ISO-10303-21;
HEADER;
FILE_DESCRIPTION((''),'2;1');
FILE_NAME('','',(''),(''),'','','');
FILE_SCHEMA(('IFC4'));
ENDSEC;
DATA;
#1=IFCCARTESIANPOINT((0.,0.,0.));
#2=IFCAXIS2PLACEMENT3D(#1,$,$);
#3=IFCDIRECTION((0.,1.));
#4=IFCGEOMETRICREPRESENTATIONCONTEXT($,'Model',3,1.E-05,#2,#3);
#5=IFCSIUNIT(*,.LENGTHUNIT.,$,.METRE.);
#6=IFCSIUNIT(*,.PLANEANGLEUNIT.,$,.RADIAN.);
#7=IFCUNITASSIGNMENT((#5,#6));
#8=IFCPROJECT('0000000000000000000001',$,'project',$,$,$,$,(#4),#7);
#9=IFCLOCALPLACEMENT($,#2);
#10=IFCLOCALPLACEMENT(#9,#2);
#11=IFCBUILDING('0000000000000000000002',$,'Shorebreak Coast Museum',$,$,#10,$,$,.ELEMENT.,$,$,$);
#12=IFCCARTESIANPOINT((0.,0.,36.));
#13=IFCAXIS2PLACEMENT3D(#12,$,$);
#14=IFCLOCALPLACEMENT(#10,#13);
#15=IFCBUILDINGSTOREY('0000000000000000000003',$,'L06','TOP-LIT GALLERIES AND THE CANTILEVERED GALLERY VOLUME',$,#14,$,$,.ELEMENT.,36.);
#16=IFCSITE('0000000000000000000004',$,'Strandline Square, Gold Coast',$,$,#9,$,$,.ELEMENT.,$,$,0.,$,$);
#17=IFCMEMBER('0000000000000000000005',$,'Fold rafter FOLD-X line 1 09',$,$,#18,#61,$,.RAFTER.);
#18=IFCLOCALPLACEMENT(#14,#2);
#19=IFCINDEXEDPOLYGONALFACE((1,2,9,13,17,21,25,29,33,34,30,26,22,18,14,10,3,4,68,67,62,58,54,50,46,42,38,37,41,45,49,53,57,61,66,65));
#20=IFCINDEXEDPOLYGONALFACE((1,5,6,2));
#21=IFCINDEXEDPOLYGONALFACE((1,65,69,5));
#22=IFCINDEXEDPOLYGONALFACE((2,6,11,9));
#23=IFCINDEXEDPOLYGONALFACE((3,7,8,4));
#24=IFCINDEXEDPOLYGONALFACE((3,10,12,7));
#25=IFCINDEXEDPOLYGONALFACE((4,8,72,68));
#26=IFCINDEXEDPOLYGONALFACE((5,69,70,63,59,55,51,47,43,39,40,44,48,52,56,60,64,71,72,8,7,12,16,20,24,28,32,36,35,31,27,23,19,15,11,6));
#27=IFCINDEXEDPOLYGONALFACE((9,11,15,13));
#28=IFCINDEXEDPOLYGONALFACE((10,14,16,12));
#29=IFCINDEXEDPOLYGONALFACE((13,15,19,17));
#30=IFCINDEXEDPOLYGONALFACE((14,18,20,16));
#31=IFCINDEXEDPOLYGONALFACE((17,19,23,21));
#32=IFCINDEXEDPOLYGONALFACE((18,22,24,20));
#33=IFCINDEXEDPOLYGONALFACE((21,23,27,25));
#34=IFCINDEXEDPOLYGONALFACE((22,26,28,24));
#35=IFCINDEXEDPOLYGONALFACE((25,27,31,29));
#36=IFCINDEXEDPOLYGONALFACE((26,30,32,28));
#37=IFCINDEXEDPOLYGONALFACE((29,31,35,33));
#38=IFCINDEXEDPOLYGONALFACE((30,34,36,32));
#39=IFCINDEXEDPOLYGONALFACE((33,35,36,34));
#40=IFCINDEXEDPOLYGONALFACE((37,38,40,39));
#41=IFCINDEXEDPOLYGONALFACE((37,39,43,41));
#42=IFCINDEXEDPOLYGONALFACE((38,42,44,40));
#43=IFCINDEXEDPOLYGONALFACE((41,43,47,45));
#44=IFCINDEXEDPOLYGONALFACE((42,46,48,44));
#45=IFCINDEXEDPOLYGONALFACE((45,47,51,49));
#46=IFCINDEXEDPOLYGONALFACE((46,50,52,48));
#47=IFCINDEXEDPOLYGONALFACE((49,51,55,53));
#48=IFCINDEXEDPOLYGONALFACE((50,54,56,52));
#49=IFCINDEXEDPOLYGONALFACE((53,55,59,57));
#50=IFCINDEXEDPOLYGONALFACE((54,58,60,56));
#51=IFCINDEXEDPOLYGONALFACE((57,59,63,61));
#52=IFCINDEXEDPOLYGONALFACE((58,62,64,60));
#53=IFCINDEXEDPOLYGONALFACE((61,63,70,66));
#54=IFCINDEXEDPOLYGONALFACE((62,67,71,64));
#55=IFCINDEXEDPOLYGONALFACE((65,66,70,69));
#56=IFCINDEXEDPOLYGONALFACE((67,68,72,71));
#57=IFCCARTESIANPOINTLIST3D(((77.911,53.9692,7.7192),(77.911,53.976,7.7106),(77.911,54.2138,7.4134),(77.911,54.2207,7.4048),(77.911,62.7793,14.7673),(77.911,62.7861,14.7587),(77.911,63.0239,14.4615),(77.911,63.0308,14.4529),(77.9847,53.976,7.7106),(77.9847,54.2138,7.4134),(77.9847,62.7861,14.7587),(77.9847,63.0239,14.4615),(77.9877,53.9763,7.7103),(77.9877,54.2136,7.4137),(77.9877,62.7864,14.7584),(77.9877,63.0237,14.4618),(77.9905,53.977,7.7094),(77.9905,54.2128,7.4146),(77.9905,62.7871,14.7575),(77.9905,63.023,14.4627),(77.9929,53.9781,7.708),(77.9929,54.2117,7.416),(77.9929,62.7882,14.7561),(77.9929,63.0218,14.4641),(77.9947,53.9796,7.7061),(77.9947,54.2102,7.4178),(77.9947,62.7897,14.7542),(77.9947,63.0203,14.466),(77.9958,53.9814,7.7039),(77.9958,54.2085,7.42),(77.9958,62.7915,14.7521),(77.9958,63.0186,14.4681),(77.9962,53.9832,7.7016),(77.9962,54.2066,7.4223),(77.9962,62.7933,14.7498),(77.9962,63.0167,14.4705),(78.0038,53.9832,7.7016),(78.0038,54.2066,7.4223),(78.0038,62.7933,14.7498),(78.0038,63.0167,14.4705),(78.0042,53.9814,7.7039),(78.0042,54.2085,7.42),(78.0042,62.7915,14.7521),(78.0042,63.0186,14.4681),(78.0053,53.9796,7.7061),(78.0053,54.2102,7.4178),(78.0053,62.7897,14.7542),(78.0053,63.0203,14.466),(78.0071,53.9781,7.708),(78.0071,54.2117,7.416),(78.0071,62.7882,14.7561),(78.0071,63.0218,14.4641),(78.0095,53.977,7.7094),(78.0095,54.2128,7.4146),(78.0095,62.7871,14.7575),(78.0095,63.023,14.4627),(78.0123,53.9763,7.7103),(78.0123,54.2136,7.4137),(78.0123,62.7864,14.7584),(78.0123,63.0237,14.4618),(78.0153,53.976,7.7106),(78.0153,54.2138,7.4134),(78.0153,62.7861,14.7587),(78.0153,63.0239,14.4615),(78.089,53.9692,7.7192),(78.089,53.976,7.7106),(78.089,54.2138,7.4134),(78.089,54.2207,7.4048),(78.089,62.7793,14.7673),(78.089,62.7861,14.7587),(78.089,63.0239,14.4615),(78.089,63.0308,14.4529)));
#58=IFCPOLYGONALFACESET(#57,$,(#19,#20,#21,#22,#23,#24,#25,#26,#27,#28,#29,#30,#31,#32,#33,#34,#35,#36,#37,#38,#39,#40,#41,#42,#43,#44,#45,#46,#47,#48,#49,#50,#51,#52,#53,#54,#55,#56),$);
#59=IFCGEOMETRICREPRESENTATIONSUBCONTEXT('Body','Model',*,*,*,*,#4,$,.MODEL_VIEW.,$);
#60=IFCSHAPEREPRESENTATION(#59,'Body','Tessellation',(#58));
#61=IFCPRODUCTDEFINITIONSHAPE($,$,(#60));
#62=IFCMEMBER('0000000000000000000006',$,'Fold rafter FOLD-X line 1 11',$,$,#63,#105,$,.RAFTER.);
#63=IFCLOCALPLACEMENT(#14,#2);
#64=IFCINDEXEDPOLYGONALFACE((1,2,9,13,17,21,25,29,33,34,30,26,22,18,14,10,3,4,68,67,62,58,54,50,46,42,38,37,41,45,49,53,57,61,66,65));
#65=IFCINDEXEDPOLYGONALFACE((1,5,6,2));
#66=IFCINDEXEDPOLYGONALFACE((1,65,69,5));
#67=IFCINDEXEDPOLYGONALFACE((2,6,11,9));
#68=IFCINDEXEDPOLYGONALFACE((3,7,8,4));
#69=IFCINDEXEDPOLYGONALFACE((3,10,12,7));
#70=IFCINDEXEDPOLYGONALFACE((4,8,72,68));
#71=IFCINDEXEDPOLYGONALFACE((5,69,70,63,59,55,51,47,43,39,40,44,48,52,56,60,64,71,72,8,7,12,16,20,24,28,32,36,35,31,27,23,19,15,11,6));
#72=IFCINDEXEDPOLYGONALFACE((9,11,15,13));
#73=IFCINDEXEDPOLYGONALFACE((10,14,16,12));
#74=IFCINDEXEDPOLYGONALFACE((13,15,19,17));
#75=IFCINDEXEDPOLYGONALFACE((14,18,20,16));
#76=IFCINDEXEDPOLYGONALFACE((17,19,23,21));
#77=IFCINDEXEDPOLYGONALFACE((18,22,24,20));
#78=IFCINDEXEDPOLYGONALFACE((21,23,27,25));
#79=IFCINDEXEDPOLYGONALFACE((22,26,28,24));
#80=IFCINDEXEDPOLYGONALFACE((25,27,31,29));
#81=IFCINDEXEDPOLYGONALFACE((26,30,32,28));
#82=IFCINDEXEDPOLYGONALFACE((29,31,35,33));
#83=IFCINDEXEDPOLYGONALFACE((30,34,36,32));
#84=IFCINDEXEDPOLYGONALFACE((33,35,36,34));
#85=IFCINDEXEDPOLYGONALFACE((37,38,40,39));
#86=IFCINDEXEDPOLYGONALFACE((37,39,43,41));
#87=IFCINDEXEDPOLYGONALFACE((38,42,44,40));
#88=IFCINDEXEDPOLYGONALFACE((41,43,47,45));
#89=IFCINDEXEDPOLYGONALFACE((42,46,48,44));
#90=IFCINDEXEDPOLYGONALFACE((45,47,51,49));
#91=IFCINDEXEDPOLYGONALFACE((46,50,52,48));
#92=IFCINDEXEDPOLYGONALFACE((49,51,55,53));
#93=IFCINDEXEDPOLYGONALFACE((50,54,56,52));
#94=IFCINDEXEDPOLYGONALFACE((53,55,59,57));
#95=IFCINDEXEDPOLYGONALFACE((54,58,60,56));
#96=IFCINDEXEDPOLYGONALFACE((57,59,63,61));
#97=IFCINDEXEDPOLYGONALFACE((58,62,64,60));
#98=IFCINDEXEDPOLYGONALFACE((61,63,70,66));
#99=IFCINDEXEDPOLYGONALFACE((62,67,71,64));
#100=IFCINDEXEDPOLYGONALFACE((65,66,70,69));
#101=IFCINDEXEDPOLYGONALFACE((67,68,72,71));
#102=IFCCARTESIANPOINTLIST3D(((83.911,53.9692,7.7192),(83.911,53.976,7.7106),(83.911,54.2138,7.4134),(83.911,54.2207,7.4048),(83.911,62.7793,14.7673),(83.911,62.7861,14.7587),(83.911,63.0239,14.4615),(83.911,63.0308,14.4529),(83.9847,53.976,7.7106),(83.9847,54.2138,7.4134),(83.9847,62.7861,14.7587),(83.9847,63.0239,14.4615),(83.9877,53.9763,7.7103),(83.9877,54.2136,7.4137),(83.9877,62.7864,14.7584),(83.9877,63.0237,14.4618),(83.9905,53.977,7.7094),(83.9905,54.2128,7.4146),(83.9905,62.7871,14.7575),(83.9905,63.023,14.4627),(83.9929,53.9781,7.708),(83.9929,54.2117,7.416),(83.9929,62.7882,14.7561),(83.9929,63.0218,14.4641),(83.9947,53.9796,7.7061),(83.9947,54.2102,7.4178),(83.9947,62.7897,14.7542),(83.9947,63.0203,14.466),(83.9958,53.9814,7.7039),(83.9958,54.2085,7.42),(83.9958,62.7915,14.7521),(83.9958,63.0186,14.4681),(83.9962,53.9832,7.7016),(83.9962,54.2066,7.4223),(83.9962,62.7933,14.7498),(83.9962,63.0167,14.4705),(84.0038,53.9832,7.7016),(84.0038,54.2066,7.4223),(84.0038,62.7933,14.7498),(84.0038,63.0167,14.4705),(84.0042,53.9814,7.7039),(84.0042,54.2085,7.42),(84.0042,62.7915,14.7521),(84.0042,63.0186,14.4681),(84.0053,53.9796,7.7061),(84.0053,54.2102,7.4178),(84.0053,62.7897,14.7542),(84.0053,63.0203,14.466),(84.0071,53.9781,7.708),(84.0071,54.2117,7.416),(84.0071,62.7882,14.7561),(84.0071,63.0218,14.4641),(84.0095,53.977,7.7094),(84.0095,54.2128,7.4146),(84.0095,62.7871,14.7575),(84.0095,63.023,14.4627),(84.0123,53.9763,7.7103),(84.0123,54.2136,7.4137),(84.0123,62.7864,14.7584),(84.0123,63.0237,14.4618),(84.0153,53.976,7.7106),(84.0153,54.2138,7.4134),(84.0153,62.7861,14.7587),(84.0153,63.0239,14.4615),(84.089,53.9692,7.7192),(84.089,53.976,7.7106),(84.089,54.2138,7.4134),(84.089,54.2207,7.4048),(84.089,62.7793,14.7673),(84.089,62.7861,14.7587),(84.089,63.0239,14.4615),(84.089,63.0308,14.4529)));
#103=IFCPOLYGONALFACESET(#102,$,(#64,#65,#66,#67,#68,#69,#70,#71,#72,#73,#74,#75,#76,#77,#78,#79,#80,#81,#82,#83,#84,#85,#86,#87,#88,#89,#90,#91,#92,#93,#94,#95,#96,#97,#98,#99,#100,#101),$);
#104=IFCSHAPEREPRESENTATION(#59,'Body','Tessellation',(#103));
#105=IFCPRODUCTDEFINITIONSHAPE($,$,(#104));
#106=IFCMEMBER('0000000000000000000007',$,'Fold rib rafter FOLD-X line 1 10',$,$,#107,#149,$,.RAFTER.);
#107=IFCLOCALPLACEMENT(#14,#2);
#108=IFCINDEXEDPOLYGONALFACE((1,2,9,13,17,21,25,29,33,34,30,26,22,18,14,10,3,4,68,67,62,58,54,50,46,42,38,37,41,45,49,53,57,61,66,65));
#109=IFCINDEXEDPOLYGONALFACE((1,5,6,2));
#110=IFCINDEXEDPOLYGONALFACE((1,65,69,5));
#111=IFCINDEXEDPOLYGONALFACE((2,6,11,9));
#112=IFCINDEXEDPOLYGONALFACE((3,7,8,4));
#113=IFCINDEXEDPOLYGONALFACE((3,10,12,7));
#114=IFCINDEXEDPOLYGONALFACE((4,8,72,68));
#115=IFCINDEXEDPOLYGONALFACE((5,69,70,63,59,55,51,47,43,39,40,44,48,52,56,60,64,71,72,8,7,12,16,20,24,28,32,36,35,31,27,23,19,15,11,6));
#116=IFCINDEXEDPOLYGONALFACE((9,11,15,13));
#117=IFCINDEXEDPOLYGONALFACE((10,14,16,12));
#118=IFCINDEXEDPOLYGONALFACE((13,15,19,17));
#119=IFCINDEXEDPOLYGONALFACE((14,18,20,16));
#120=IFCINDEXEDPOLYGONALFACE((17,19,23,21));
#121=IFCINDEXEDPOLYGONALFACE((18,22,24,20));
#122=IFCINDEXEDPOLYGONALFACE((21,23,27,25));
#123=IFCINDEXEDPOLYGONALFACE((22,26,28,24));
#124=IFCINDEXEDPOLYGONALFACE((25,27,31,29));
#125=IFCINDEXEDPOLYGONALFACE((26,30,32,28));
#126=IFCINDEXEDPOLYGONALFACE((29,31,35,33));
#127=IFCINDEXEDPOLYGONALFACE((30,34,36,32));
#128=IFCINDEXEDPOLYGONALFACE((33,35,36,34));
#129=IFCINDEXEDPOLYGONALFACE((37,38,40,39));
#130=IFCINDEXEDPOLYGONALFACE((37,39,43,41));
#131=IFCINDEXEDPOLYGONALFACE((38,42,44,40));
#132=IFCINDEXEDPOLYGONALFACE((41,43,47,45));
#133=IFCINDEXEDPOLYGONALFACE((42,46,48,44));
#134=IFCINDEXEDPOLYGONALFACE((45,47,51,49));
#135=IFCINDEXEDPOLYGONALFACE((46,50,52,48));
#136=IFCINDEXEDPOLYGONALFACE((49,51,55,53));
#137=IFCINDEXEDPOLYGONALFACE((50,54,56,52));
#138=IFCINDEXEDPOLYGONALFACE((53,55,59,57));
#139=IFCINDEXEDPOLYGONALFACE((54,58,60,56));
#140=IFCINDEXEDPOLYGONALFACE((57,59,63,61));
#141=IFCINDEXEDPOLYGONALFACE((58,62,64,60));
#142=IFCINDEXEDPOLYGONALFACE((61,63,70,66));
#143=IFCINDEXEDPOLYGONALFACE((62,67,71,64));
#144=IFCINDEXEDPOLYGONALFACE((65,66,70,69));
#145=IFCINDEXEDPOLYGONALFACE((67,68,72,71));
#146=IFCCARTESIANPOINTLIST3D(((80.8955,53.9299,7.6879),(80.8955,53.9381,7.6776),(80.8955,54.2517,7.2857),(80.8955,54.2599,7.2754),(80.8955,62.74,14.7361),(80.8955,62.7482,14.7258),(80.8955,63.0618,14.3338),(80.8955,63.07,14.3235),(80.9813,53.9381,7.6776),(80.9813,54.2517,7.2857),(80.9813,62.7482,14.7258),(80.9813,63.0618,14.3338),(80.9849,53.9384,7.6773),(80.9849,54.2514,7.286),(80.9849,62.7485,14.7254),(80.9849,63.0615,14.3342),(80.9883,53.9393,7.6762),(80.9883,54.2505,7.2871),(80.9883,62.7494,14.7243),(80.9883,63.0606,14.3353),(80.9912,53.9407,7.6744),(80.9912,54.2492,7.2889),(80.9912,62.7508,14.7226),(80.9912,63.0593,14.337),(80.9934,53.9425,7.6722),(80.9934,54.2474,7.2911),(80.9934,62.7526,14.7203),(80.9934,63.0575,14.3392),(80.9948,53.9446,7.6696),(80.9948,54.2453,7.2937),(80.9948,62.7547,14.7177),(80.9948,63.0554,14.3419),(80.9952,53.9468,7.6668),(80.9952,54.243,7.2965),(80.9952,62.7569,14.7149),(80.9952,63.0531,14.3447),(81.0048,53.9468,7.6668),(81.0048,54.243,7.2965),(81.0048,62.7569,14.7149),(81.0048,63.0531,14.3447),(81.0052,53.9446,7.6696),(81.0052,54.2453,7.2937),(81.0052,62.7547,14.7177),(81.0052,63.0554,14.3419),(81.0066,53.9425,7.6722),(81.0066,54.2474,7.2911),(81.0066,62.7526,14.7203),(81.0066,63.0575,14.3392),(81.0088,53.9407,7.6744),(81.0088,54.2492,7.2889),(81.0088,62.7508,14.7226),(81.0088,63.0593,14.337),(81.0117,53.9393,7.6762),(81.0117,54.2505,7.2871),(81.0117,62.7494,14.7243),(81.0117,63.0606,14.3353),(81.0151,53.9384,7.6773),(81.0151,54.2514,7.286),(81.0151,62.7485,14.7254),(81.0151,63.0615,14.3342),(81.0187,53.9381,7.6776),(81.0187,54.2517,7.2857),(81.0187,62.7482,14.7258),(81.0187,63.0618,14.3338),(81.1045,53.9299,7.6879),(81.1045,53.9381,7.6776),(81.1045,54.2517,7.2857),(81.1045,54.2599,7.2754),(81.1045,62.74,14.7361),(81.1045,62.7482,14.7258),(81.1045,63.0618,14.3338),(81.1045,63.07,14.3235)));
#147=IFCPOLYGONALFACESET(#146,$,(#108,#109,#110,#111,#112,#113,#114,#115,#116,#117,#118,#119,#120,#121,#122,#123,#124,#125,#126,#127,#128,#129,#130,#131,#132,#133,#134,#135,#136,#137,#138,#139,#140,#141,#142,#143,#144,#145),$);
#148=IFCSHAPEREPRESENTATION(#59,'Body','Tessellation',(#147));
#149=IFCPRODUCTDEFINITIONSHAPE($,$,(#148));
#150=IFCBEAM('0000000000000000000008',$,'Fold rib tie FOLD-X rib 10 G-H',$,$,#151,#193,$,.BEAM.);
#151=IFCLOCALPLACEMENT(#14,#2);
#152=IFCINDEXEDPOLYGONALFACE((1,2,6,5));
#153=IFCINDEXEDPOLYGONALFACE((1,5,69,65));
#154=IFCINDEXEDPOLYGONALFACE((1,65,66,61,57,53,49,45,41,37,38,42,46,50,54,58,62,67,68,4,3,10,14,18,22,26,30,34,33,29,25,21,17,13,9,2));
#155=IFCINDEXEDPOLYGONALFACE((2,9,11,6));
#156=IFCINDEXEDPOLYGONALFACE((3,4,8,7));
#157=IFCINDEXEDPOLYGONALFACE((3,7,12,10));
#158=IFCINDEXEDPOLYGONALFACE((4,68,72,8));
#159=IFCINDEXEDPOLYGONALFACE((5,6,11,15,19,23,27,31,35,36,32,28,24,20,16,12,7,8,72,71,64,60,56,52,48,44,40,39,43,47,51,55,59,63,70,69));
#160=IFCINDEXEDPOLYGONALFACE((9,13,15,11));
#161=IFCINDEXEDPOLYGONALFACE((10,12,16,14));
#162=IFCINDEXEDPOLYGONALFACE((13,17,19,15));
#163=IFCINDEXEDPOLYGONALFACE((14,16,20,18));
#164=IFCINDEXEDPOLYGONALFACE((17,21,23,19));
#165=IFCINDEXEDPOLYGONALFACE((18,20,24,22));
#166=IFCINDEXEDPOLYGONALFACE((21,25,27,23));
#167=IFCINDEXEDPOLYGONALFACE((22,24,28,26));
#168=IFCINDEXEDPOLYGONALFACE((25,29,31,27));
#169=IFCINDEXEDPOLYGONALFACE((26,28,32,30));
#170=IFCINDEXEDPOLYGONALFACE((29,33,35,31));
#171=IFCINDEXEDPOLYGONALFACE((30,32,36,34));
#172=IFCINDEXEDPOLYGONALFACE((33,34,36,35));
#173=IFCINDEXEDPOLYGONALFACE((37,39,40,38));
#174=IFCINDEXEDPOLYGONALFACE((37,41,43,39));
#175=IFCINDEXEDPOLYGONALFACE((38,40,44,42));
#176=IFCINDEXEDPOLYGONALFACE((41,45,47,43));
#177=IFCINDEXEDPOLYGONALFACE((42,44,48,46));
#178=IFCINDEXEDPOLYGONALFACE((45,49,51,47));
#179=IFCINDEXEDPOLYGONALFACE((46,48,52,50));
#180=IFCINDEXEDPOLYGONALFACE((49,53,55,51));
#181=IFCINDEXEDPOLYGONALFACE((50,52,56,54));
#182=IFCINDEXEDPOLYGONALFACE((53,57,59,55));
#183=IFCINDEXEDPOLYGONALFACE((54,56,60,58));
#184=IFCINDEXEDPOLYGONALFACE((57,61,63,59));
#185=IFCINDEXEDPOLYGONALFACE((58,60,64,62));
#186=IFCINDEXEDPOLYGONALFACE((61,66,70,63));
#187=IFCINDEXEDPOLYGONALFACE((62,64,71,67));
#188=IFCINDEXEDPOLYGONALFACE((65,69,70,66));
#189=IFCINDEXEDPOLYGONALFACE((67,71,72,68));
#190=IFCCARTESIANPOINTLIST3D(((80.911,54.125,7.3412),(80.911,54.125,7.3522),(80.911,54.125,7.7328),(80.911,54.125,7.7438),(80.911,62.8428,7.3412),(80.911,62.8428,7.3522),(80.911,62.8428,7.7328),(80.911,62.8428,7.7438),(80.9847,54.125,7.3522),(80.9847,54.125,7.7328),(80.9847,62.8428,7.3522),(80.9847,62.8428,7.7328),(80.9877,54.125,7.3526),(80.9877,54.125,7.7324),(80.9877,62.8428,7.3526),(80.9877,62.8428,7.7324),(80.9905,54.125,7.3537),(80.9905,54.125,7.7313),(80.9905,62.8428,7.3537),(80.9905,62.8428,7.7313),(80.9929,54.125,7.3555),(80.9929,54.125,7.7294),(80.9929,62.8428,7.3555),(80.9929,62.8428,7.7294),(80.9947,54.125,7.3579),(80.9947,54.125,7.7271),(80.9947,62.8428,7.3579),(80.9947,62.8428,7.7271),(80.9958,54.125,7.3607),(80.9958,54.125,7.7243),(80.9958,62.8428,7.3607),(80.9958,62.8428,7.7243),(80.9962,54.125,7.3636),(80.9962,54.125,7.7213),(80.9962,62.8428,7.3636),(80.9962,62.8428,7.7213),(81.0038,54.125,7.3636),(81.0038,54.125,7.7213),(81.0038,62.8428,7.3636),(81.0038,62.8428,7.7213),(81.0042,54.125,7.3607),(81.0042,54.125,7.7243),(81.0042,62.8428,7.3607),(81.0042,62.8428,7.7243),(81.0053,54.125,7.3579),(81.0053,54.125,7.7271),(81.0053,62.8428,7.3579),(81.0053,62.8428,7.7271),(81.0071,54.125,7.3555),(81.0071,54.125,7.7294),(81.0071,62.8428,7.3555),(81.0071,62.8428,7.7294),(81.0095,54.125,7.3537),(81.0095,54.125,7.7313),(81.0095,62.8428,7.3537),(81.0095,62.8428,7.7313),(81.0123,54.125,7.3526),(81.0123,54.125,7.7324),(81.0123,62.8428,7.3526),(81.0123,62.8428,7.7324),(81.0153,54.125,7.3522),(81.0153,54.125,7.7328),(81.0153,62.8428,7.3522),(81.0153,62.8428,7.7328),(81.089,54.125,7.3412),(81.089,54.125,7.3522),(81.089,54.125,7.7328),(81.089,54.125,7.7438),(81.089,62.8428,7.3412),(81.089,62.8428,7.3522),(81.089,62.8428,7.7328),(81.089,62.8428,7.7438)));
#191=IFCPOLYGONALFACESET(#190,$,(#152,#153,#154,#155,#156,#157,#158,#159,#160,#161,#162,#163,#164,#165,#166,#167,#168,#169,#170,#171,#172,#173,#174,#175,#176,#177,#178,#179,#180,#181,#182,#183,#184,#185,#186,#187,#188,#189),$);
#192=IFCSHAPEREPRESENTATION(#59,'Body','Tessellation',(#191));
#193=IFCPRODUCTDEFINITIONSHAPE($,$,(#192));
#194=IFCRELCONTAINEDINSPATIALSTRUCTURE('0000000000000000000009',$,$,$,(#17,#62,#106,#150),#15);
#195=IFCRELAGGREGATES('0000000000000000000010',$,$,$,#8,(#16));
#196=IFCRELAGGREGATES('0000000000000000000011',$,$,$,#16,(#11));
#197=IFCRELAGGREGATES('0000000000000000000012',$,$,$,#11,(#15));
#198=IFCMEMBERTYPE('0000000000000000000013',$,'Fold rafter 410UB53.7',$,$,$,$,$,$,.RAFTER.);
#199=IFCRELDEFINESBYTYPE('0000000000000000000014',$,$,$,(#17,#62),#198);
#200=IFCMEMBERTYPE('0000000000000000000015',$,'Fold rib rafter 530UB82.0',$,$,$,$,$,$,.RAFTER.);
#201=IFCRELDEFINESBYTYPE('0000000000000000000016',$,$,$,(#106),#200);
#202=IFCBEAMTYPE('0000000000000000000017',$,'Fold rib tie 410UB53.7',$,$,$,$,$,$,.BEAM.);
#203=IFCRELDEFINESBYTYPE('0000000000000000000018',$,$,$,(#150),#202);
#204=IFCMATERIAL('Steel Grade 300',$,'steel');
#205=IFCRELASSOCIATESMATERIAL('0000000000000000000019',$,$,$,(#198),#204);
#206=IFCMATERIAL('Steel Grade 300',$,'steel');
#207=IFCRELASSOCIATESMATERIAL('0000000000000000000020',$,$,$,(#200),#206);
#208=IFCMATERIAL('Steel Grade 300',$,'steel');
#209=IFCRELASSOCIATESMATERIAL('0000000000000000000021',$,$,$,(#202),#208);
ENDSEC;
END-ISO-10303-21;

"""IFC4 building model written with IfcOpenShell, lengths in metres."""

from ifc_helpers import new_model, si_unit, direction, frame, origin, origin_2d, place, context, subcontext, project, spatial, i_section, extrude, material, material_profile, profile_set, type_object, element, save


model = new_model("IFC4")

# Units and contexts
model_context = context("Model", 3, precision=1e-05, world=origin(), true_north=direction((0.0, 1.0)))
body_context = subcontext(model_context, "Body", "Model", "MODEL_VIEW")
ifc_project = project(units=[si_unit("LENGTHUNIT", "METRE"), si_unit("PLANEANGLEUNIT", "RADIAN")], contexts=[model_context])

# Site, building, storey
site_placement = place(None, origin())
site = spatial("IfcSite", under=ifc_project, at=site_placement, Name="Strandline Square, Gold Coast", CompositionType="ELEMENT", RefElevation=0.0)
building_placement = place(site_placement, origin())
building = spatial("IfcBuilding", under=site, at=building_placement, Name="Shorebreak Coast Museum", CompositionType="ELEMENT")
storey_placement = place(building_placement, frame((0.0, 0.0, 36.0)))
storey = spatial("IfcBuildingStorey", under=building, at=storey_placement, Name="L06", Description="TOP-LIT GALLERIES AND THE CANTILEVERED GALLERY VOLUME", CompositionType="ELEMENT", Elevation=36.0)

# Members
ifc_material_1 = material(Name="Steel Grade 300", Category="steel")
ifc_material_profile_1 = material_profile(ifc_material_1, i_section(OverallWidth=0.178, OverallDepth=0.4026, WebThickness=0.0076, FlangeThickness=0.011, FilletRadius=0.0115, at=origin_2d()), Name="410UB53.7")
ifc_profile_set_1 = profile_set([ifc_material_profile_1], Name="Steel Grade 300")
member_type_1 = type_object("IfcMemberType", Name="Fold rafter 410UB53.7", PredefinedType="RAFTER", material=ifc_profile_set_1)
for number, where, z_axis, x_axis, name in (
    (1, (78.0, 62.905, 14.6101), (0.0, -0.780867, -0.624698), (1.0, 0.0, 0.0), "Fold rafter FOLD-X line 1 09"),
    (2, (84.0, 62.905, 14.6101), (0.0, -0.780867, -0.624698), (1.0, 0.0, 0.0), "Fold rafter FOLD-X line 1 11"),
):
    element("IfcMember", number, at=place(storey_placement, frame(where, z_axis=z_axis, x_axis=x_axis)), inside=storey, type_object=member_type_1, Name=name, PredefinedType="RAFTER", context=body_context, shape_type="SweptSolid", body=[
        extrude(i_section(OverallWidth=0.178, OverallDepth=0.4026, WebThickness=0.0076, FlangeThickness=0.011, FilletRadius=0.0115, at=origin_2d()), origin(), (0.0, 0.0, 1.0), 11.2825),
    ])
ifc_material_2 = material(Name="Steel Grade 300", Category="steel")
ifc_material_profile_2 = material_profile(ifc_material_2, i_section(OverallWidth=0.209, OverallDepth=0.5283, WebThickness=0.0095, FlangeThickness=0.0132, FilletRadius=0.0139, at=origin_2d()), Name="530UB82.0")
ifc_profile_set_2 = profile_set([ifc_material_profile_2], Name="Steel Grade 300")
member_type_2 = type_object("IfcMemberType", Name="Fold rib rafter 530UB82.0", PredefinedType="RAFTER", material=ifc_profile_set_2)
member_1_placement = place(storey_placement, frame((81.0, 62.905, 14.5298), z_axis=(0.0, -0.780867, -0.624698), x_axis=(1.0, 0.0, 0.0)))
element("IfcMember", 3, at=member_1_placement, inside=storey, type_object=member_type_2, Name="Fold rib rafter FOLD-X line 1 10", PredefinedType="RAFTER", context=body_context, shape_type="SweptSolid", body=[
    extrude(i_section(OverallWidth=0.209, OverallDepth=0.5283, WebThickness=0.0095, FlangeThickness=0.0132, FilletRadius=0.0139, at=origin_2d()), origin(), (0.0, 0.0, 1.0), 11.2825),
])

# Beam
ifc_material_3 = material(Name="Steel Grade 300", Category="steel")
ifc_material_profile_3 = material_profile(ifc_material_3, i_section(OverallWidth=0.178, OverallDepth=0.4026, WebThickness=0.0076, FlangeThickness=0.011, FilletRadius=0.0115, at=origin_2d()), Name="410UB53.7")
ifc_profile_set_3 = profile_set([ifc_material_profile_3], Name="Steel Grade 300")
beam_type_1 = type_object("IfcBeamType", Name="Fold rib tie 410UB53.7", PredefinedType="BEAM", material=ifc_profile_set_3)
beam_1_placement = place(storey_placement, frame((81.0, 54.125, 7.5425), z_axis=(0.0, 1.0, 0.0), x_axis=(-1.0, 0.0, 0.0)))
element("IfcBeam", 4, at=beam_1_placement, inside=storey, type_object=beam_type_1, Name="Fold rib tie FOLD-X rib 10 G-H", PredefinedType="BEAM", context=body_context, shape_type="SweptSolid", body=[
    extrude(i_section(OverallWidth=0.178, OverallDepth=0.4026, WebThickness=0.0076, FlangeThickness=0.011, FilletRadius=0.0115, at=origin_2d()), origin(), (0.0, 0.0, 1.0), 8.7178),
])

save(model, "model.ifc")
